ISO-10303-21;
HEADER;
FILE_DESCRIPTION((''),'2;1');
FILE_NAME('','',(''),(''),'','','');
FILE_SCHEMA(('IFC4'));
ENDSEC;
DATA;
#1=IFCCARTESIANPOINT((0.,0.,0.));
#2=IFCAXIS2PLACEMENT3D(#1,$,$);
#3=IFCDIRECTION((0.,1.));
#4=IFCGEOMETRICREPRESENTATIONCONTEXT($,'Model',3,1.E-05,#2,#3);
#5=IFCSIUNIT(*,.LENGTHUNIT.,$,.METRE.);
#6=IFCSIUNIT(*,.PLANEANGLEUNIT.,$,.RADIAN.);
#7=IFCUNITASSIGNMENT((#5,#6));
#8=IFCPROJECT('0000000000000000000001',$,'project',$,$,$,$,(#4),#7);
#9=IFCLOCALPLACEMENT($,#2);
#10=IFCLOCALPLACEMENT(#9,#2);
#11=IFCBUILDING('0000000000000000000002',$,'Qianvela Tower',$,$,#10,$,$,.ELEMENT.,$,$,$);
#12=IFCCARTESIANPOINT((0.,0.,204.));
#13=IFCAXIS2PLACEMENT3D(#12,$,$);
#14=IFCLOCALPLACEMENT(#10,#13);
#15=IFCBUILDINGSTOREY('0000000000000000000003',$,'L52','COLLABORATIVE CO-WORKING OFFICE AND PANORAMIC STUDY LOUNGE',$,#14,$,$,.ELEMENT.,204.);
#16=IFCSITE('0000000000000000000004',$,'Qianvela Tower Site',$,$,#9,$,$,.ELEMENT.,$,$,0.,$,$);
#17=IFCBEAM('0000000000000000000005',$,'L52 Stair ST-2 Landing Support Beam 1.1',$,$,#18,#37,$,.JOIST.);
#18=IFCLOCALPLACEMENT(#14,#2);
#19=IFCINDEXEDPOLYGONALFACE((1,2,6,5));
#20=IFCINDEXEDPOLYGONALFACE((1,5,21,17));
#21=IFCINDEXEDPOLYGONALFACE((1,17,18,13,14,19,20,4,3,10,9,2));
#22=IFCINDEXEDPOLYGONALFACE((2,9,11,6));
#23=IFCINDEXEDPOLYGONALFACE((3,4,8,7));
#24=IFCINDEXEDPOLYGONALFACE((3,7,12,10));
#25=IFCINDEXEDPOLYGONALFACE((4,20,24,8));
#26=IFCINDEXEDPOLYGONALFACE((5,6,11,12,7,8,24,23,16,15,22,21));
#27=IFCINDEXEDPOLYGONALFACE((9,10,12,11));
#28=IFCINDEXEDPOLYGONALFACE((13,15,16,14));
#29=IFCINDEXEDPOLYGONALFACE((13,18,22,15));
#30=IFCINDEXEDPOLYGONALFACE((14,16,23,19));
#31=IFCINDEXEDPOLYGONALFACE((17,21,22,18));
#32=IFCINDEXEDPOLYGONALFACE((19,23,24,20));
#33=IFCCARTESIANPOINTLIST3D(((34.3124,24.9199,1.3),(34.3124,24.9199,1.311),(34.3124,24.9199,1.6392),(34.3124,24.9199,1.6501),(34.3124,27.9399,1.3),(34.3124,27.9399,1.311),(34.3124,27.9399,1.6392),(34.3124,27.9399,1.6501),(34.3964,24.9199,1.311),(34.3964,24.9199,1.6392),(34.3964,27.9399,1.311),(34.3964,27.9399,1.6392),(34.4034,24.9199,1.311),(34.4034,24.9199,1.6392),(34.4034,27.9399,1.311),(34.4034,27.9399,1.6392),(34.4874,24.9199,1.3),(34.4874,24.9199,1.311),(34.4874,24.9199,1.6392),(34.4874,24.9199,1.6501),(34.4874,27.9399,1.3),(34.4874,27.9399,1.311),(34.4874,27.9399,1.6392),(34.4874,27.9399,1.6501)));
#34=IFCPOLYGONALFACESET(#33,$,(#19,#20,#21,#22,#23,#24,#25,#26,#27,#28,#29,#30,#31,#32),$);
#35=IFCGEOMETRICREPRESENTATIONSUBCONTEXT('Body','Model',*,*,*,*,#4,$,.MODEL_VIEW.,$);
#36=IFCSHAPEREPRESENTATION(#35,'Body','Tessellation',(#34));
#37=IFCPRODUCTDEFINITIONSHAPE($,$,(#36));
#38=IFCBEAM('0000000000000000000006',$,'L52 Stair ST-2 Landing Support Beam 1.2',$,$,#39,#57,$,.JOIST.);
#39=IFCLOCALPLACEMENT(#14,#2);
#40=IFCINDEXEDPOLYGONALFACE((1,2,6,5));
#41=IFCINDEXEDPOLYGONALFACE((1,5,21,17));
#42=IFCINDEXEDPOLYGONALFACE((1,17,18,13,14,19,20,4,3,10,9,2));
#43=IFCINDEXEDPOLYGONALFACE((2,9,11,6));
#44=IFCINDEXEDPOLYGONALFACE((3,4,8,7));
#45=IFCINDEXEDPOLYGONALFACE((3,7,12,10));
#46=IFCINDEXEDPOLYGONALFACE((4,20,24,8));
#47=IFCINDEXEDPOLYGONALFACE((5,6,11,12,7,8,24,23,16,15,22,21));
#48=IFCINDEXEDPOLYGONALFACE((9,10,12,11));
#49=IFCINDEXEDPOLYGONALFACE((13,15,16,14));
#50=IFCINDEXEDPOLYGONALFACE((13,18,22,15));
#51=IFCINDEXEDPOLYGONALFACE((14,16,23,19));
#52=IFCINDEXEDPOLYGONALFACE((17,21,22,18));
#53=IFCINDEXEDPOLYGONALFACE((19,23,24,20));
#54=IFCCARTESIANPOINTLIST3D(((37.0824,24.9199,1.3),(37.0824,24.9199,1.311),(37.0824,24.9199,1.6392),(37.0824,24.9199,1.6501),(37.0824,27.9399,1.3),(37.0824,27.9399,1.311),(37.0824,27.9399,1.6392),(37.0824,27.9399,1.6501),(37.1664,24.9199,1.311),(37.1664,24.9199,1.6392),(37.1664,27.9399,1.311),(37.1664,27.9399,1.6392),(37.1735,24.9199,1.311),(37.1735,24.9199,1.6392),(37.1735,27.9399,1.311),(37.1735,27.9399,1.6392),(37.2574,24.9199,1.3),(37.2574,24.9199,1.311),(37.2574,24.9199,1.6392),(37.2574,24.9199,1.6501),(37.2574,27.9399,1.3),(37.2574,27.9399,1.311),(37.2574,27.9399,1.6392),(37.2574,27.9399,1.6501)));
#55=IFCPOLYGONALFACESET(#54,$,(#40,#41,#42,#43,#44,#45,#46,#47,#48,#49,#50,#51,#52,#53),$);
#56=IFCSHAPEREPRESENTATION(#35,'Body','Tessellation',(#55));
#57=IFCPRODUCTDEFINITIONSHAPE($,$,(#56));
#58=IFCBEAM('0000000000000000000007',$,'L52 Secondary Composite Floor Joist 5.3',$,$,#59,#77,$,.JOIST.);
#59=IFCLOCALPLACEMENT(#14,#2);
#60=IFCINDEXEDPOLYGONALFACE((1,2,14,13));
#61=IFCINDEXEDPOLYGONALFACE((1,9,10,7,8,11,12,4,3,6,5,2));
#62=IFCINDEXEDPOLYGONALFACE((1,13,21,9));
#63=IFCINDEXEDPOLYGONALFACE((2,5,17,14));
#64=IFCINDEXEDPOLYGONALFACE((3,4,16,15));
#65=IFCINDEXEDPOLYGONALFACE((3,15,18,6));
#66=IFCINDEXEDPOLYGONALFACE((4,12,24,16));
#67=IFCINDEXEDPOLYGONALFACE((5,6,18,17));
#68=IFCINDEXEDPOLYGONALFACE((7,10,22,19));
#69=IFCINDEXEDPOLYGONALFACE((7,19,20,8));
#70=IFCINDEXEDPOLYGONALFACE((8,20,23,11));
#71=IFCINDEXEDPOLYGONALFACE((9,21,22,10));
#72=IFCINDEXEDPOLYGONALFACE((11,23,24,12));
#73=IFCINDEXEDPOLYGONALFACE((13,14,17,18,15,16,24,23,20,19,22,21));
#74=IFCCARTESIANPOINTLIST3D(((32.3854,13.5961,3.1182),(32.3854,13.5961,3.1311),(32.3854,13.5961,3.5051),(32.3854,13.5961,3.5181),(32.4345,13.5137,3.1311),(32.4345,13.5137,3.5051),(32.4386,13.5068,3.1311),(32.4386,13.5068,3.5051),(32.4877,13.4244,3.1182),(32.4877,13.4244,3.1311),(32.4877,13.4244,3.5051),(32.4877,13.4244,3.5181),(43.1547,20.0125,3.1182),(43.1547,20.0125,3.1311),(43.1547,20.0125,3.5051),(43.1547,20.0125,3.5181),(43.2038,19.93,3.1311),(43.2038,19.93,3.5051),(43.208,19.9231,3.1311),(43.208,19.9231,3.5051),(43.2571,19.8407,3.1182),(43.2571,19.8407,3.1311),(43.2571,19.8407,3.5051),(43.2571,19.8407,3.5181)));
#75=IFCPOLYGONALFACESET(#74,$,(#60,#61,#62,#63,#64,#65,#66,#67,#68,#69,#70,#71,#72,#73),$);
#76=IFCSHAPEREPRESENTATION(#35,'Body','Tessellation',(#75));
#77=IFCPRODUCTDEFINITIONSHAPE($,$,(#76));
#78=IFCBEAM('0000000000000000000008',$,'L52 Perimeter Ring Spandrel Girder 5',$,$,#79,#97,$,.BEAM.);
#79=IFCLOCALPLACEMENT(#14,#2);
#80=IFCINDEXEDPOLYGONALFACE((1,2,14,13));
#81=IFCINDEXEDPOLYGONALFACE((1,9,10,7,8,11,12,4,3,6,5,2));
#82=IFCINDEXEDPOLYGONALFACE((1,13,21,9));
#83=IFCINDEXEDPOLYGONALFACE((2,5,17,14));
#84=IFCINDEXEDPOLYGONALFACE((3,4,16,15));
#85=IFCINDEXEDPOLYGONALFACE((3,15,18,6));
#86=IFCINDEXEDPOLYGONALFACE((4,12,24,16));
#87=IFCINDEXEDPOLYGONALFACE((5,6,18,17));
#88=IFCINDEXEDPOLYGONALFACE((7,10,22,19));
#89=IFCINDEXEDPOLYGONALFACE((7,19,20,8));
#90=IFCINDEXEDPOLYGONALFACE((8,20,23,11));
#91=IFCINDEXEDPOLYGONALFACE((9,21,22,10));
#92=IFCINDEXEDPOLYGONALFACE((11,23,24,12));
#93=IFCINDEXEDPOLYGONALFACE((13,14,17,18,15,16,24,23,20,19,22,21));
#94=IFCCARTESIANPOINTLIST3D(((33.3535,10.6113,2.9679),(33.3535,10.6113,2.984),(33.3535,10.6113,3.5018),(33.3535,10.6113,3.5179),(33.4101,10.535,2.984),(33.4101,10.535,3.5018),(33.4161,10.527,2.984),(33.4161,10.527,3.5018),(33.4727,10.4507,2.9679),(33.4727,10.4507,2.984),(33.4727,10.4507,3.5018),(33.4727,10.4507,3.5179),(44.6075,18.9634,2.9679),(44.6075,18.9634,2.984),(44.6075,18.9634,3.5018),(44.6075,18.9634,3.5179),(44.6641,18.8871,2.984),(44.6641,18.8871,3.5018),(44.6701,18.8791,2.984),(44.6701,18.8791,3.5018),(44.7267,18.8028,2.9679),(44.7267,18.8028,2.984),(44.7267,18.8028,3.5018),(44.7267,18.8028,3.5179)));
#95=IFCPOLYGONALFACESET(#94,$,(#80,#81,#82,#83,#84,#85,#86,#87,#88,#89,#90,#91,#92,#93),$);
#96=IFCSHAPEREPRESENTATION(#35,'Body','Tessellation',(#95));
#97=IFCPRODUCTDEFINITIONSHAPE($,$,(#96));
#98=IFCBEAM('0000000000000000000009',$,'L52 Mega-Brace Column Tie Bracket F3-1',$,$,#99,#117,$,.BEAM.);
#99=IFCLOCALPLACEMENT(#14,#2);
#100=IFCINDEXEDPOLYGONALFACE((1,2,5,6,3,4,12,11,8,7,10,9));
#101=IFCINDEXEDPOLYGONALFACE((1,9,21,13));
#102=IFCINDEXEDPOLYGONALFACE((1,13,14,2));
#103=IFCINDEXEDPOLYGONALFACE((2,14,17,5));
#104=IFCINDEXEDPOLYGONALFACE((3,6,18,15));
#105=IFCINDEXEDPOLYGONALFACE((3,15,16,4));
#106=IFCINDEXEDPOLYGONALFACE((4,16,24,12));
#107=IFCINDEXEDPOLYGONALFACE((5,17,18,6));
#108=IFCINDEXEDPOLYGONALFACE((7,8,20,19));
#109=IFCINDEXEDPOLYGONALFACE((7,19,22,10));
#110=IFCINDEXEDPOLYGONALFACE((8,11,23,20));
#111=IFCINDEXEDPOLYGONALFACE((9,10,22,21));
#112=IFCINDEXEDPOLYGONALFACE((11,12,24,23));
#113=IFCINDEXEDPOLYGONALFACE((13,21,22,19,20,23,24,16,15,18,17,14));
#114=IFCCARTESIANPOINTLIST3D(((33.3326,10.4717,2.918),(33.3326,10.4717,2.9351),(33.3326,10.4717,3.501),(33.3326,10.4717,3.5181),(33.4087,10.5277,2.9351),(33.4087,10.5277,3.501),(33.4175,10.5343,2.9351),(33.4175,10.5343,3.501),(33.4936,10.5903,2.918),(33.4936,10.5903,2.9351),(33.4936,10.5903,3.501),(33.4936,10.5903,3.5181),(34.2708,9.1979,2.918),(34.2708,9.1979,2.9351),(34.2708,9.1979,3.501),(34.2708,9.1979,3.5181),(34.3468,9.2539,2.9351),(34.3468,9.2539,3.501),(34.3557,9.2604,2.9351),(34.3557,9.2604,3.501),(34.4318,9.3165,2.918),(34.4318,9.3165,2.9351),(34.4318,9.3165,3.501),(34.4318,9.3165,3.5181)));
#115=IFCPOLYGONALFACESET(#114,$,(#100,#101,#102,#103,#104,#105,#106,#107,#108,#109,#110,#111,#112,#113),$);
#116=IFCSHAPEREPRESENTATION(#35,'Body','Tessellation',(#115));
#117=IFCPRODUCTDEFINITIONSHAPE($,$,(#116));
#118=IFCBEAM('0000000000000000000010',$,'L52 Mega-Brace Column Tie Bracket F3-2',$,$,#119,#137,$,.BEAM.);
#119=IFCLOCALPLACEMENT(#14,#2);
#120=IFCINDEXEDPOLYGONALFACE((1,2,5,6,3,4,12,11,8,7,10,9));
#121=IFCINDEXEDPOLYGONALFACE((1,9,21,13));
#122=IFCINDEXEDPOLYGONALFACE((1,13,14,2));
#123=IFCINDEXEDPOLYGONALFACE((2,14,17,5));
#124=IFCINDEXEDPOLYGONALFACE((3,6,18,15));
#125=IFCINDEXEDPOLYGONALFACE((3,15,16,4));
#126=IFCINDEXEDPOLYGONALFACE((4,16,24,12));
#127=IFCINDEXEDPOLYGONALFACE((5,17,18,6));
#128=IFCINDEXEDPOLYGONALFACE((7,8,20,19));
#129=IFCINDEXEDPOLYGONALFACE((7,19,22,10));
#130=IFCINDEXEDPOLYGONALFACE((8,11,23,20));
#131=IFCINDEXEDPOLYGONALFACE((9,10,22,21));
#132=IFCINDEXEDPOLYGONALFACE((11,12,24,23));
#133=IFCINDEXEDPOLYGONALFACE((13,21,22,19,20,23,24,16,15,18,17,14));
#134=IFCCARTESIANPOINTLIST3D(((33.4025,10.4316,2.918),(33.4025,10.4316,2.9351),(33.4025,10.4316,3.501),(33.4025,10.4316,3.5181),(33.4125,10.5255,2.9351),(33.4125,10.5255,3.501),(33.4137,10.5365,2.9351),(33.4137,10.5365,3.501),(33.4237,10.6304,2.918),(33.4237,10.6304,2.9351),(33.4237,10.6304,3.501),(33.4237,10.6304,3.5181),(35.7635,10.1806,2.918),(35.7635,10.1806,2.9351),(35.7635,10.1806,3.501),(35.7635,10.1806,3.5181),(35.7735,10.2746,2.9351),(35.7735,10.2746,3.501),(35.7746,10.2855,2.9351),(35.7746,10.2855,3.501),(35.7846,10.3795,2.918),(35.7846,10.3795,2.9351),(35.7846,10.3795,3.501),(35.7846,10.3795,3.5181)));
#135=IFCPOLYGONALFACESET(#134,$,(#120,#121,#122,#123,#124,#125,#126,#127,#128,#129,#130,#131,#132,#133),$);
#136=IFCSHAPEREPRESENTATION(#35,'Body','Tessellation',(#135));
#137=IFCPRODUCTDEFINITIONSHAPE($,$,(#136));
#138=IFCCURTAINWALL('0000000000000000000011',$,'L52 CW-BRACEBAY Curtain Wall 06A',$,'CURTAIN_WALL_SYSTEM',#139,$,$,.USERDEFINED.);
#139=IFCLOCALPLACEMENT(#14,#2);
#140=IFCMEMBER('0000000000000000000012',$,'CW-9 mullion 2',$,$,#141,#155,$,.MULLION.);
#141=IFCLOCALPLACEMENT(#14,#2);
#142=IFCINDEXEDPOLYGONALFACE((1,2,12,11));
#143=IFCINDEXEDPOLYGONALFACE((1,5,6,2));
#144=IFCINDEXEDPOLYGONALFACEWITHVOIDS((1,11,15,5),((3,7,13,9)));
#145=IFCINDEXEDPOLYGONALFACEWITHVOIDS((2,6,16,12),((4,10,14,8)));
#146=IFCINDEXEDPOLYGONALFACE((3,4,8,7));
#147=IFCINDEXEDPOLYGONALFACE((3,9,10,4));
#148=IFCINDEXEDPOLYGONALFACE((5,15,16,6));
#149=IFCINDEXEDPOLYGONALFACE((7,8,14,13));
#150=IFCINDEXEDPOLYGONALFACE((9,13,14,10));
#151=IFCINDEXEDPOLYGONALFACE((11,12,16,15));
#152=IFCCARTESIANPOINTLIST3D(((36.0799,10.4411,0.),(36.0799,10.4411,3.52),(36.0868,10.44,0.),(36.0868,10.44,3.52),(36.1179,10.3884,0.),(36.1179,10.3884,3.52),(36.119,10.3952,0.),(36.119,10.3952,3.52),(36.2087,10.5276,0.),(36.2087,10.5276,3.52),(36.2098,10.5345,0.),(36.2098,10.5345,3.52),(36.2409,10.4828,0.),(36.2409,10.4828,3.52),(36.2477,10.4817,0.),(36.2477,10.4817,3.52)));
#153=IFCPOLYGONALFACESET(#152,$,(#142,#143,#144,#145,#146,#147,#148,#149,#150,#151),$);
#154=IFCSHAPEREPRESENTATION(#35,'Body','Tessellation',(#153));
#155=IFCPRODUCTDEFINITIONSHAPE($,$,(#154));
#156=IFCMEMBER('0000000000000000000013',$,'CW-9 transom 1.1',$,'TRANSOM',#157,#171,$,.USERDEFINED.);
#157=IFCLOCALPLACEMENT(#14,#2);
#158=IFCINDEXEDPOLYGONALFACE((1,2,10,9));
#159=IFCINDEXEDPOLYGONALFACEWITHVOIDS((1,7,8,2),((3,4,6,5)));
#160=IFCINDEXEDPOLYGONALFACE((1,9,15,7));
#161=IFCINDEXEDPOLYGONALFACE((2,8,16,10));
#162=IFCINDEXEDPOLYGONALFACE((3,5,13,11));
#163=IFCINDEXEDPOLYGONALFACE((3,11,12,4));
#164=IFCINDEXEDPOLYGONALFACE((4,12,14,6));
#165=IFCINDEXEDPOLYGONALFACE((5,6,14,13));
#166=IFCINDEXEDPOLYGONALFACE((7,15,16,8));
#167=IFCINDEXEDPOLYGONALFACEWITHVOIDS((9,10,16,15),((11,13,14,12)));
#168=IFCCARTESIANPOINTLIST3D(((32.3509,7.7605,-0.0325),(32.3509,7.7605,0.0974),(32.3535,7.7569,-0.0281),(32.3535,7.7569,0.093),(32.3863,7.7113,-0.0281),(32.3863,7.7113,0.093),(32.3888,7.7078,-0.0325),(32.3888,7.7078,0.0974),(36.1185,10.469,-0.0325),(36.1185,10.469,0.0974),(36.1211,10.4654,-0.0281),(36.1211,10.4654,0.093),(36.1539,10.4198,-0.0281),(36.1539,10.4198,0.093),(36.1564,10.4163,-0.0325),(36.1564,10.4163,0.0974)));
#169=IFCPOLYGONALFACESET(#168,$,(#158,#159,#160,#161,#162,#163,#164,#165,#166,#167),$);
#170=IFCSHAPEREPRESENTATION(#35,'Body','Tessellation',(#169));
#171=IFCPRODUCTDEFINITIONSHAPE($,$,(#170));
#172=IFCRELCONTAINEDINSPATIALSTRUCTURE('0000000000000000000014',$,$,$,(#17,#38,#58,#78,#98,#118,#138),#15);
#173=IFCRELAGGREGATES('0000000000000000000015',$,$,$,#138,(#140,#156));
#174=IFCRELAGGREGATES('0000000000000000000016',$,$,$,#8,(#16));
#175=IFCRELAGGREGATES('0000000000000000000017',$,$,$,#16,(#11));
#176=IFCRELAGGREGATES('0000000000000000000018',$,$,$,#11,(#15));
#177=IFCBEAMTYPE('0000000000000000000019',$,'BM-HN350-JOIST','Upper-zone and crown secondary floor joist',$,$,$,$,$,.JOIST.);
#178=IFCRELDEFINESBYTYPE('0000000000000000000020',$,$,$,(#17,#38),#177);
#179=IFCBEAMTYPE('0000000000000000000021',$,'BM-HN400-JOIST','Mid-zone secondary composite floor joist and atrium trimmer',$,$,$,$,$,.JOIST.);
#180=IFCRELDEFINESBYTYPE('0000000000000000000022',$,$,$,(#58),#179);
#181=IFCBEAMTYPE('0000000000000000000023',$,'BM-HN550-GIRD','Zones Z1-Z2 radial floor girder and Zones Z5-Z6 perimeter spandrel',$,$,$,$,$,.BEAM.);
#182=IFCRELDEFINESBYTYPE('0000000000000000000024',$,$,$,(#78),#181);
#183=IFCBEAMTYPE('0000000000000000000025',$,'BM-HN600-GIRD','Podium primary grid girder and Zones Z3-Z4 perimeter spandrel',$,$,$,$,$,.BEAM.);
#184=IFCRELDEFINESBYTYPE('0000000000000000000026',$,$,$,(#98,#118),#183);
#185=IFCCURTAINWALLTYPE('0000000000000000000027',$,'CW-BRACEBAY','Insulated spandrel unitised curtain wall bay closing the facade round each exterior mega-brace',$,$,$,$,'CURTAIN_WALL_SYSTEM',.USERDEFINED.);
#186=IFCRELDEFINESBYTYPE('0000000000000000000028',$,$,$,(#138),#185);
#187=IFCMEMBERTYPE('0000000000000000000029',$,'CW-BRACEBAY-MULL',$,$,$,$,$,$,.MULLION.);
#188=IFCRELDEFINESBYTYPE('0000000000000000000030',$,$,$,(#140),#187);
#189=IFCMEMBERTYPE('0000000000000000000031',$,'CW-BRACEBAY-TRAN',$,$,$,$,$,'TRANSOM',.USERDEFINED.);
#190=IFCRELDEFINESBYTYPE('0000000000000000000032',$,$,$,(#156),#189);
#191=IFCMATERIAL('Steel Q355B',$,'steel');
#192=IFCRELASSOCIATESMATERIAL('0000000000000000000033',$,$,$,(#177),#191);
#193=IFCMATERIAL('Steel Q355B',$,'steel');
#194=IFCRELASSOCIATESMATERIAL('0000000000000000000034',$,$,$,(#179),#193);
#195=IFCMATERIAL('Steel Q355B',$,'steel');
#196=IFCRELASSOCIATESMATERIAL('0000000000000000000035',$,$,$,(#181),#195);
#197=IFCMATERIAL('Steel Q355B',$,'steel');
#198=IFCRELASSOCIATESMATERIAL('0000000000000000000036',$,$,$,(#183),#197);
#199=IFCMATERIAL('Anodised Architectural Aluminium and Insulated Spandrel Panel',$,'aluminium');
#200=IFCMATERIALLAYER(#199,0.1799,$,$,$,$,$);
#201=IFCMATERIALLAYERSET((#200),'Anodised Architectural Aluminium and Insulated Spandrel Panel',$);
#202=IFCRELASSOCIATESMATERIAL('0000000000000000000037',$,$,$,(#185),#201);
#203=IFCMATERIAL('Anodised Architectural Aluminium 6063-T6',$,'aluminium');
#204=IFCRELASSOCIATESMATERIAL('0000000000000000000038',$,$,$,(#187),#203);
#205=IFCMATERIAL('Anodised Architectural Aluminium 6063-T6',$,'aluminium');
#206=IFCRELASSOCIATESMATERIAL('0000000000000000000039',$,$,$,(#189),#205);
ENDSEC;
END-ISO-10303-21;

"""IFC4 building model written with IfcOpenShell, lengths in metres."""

from ifc_helpers import new_model, si_unit, direction, frame, origin, origin_2d, place, context, subcontext, project, spatial, hollow_rectangle, i_section, extrude, material, layer, layer_set, material_profile, profile_set, type_object, element, aggregate, save


model = new_model("IFC4")

# Units and contexts
model_context = context("Model", 3, precision=1e-05, world=origin(), true_north=direction((0.0, 1.0)))
body_context = subcontext(model_context, "Body", "Model", "MODEL_VIEW")
ifc_project = project(units=[si_unit("LENGTHUNIT", "METRE"), si_unit("PLANEANGLEUNIT", "RADIAN")], contexts=[model_context])

# Site, building, storey
site_placement = place(None, origin())
site = spatial("IfcSite", under=ifc_project, at=site_placement, Name="Qianvela Tower Site", CompositionType="ELEMENT", RefElevation=0.0)
building_placement = place(site_placement, origin())
building = spatial("IfcBuilding", under=site, at=building_placement, Name="Qianvela Tower", CompositionType="ELEMENT")
storey_placement = place(building_placement, frame((0.0, 0.0, 204.0)))
storey = spatial("IfcBuildingStorey", under=building, at=storey_placement, Name="L52", Description="COLLABORATIVE CO-WORKING OFFICE AND PANORAMIC STUDY LOUNGE", CompositionType="ELEMENT", Elevation=204.0)

# Beams
ifc_material_1 = material(Name="Steel Q355B", Category="steel")
ifc_material_profile_1 = material_profile(ifc_material_1, i_section(OverallWidth=0.175, OverallDepth=0.3501, WebThickness=0.0071, FlangeThickness=0.011, at=origin_2d()), Name="HN350x175x7x11")
ifc_profile_set_1 = profile_set([ifc_material_profile_1], Name="Steel Q355B")
beam_type_1 = type_object("IfcBeamType", Name="BM-HN350-JOIST", Description="Upper-zone and crown secondary floor joist", PredefinedType="JOIST", material=ifc_profile_set_1)
for number, where, z_axis, x_axis, name in (
    (1, (34.3999, 24.9199, 1.4751), (0.0, 1.0, 0.0), (-1.0, 0.0, 0.0), "L52 Stair ST-2 Landing Support Beam 1.1"),
    (2, (37.1699, 24.9199, 1.4751), (0.0, 1.0, 0.0), (-1.0, 0.0, 0.0), "L52 Stair ST-2 Landing Support Beam 1.2"),
):
    element("IfcBeam", number, at=place(storey_placement, frame(where, z_axis=z_axis, x_axis=x_axis)), inside=storey, type_object=beam_type_1, Name=name, PredefinedType="JOIST", context=body_context, shape_type="SweptSolid", body=[
        extrude(i_section(OverallWidth=0.175, OverallDepth=0.3501, WebThickness=0.0071, FlangeThickness=0.011, at=origin_2d()), origin(), (0.0, 0.0, 1.0), 3.02),
    ])
ifc_material_2 = material(Name="Steel Q355B", Category="steel")
ifc_material_profile_2 = material_profile(ifc_material_2, i_section(OverallWidth=0.2, OverallDepth=0.3999, WebThickness=0.0081, FlangeThickness=0.0129, at=origin_2d()), Name="HN400x200x8x13")
ifc_profile_set_2 = profile_set([ifc_material_profile_2], Name="Steel Q355B")
beam_type_2 = type_object("IfcBeamType", Name="BM-HN400-JOIST", Description="Mid-zone secondary composite floor joist and atrium trimmer", PredefinedType="JOIST", material=ifc_profile_set_2)
beam_1_placement = place(storey_placement, frame((32.4365, 13.5103, 3.3181), z_axis=(0.859084, 0.511835, 0.0), x_axis=(-0.511835, 0.859084, 0.0)))
element("IfcBeam", 3, at=beam_1_placement, inside=storey, type_object=beam_type_2, Name="L52 Secondary Composite Floor Joist 5.3", PredefinedType="JOIST", context=body_context, shape_type="SweptSolid", body=[
    extrude(i_section(OverallWidth=0.2, OverallDepth=0.3999, WebThickness=0.0081, FlangeThickness=0.0129, at=origin_2d()), origin(), (0.0, 0.0, 1.0), 12.5359),
])
ifc_material_3 = material(Name="Steel Q355B", Category="steel")
ifc_material_profile_3 = material_profile(ifc_material_3, i_section(OverallWidth=0.2, OverallDepth=0.55, WebThickness=0.01, FlangeThickness=0.0161, at=origin_2d()), Name="HN550x200x10x16")
ifc_profile_set_3 = profile_set([ifc_material_profile_3], Name="Steel Q355B")
beam_type_3 = type_object("IfcBeamType", Name="BM-HN550-GIRD", Description="Zones Z1-Z2 radial floor girder and Zones Z5-Z6 perimeter spandrel", PredefinedType="BEAM", material=ifc_profile_set_3)
beam_2_placement = place(storey_placement, frame((33.4131, 10.531, 3.2429), z_axis=(0.803017, 0.595956, 0.0), x_axis=(-0.595956, 0.803017, 0.0)))
element("IfcBeam", 4, at=beam_2_placement, inside=storey, type_object=beam_type_3, Name="L52 Perimeter Ring Spandrel Girder 5", PredefinedType="BEAM", context=body_context, shape_type="SweptSolid", body=[
    extrude(i_section(OverallWidth=0.2, OverallDepth=0.55, WebThickness=0.01, FlangeThickness=0.0161, at=origin_2d()), origin(), (0.0, 0.0, 1.0), 14.0146),
])
ifc_material_4 = material(Name="Steel Q355B", Category="steel")
ifc_material_profile_4 = material_profile(ifc_material_4, i_section(OverallWidth=0.2, OverallDepth=0.6001, WebThickness=0.011, FlangeThickness=0.0171, at=origin_2d()), Name="HN600x200x11x17")
ifc_profile_set_4 = profile_set([ifc_material_profile_4], Name="Steel Q355B")
beam_type_4 = type_object("IfcBeamType", Name="BM-HN600-GIRD", Description="Podium primary grid girder and Zones Z3-Z4 perimeter spandrel", PredefinedType="BEAM", material=ifc_profile_set_4)
beam_3_placement = place(storey_placement, frame((33.4131, 10.531, 3.218), z_axis=(0.593015, -0.805192, 0.0), x_axis=(0.805192, 0.593015, 0.0)))
element("IfcBeam", 5, at=beam_3_placement, inside=storey, type_object=beam_type_4, Name="L52 Mega-Brace Column Tie Bracket F3-1", PredefinedType="BEAM", context=body_context, shape_type="SweptSolid", body=[
    extrude(i_section(OverallWidth=0.2, OverallDepth=0.6001, WebThickness=0.011, FlangeThickness=0.0171, at=origin_2d()), origin(), (0.0, 0.0, 1.0), 1.582),
])
beam_4_placement = place(storey_placement, frame((33.4131, 10.531, 3.218), z_axis=(0.994398, -0.105702, 0.0), x_axis=(0.105702, 0.994398, 0.0)))
element("IfcBeam", 6, at=beam_4_placement, inside=storey, type_object=beam_type_4, Name="L52 Mega-Brace Column Tie Bracket F3-2", PredefinedType="BEAM", context=body_context, shape_type="SweptSolid", body=[
    extrude(i_section(OverallWidth=0.2, OverallDepth=0.6001, WebThickness=0.011, FlangeThickness=0.0171, at=origin_2d()), origin(), (0.0, 0.0, 1.0), 2.3743),
])

# Curtain wall, members
ifc_material_5 = material(Name="Anodised Architectural Aluminium and Insulated Spandrel Panel", Category="aluminium")
ifc_layer_1 = layer(ifc_material_5, 0.1799)
ifc_layer_set_1 = layer_set([ifc_layer_1], Name="Anodised Architectural Aluminium and Insulated Spandrel Panel")
curtain_wall_type_1 = type_object("IfcCurtainWallType", Name="CW-BRACEBAY", Description="Insulated spandrel unitised curtain wall bay closing the facade round each exterior mega-brace", ElementType="CURTAIN_WALL_SYSTEM", PredefinedType="USERDEFINED", material=ifc_layer_set_1)
curtain_wall_1_placement = place(storey_placement, origin())
curtain_wall_1 = element("IfcCurtainWall", 7, at=curtain_wall_1_placement, inside=storey, type_object=curtain_wall_type_1, Name="L52 CW-BRACEBAY Curtain Wall 06A", ObjectType="CURTAIN_WALL_SYSTEM", PredefinedType="USERDEFINED")
ifc_material_6 = material(Name="Anodised Architectural Aluminium 6063-T6", Category="aluminium")
ifc_material_profile_5 = material_profile(ifc_material_6, hollow_rectangle(XDim=0.0649, YDim=0.1599, WallThickness=0.0049, at=origin_2d()), Name="ALU-MULL-65x160")
ifc_profile_set_5 = profile_set([ifc_material_profile_5], Name="Anodised Architectural Aluminium 6063-T6")
member_type_1 = type_object("IfcMemberType", Name="CW-BRACEBAY-MULL", PredefinedType="MULLION", material=ifc_profile_set_5)
member_1_placement = place(storey_placement, frame((36.1638, 10.4614, 0.0), z_axis=(0.0, 0.0, 1.0), x_axis=(-0.583716, 0.811958, 0.0)))
member_1 = element("IfcMember", 8, at=member_1_placement, type_object=member_type_1, Name="CW-9 mullion 2", PredefinedType="MULLION", context=body_context, shape_type="SweptSolid", body=[
    extrude(hollow_rectangle(XDim=0.0649, YDim=0.1599, WallThickness=0.0049, at=origin_2d()), origin(), (0.0, 0.0, 1.0), 3.52),
])
ifc_material_7 = material(Name="Anodised Architectural Aluminium 6063-T6", Category="aluminium")
ifc_material_profile_6 = material_profile(ifc_material_7, hollow_rectangle(XDim=0.0649, YDim=0.1299, WallThickness=0.0044, at=origin_2d()), Name="ALU-TRAN-65x130")
ifc_profile_set_6 = profile_set([ifc_material_profile_6], Name="Anodised Architectural Aluminium 6063-T6")
member_type_2 = type_object("IfcMemberType", Name="CW-BRACEBAY-TRAN", ElementType="TRANSOM", PredefinedType="USERDEFINED", material=ifc_profile_set_6)
member_2_placement = place(storey_placement, frame((32.3699, 7.7341, 0.0325), z_axis=(0.811959, 0.583714, 0.0), x_axis=(-0.583714, 0.811959, 0.0)))
member_2 = element("IfcMember", 9, at=member_2_placement, type_object=member_type_2, Name="CW-9 transom 1.1", ObjectType="TRANSOM", PredefinedType="USERDEFINED", context=body_context, shape_type="SweptSolid", body=[
    extrude(hollow_rectangle(XDim=0.0649, YDim=0.1299, WallThickness=0.0044, at=origin_2d()), origin(), (0.0, 0.0, 1.0), 4.6401),
])

aggregate(curtain_wall_1, [member_1, member_2])

save(model, "model.ifc")
